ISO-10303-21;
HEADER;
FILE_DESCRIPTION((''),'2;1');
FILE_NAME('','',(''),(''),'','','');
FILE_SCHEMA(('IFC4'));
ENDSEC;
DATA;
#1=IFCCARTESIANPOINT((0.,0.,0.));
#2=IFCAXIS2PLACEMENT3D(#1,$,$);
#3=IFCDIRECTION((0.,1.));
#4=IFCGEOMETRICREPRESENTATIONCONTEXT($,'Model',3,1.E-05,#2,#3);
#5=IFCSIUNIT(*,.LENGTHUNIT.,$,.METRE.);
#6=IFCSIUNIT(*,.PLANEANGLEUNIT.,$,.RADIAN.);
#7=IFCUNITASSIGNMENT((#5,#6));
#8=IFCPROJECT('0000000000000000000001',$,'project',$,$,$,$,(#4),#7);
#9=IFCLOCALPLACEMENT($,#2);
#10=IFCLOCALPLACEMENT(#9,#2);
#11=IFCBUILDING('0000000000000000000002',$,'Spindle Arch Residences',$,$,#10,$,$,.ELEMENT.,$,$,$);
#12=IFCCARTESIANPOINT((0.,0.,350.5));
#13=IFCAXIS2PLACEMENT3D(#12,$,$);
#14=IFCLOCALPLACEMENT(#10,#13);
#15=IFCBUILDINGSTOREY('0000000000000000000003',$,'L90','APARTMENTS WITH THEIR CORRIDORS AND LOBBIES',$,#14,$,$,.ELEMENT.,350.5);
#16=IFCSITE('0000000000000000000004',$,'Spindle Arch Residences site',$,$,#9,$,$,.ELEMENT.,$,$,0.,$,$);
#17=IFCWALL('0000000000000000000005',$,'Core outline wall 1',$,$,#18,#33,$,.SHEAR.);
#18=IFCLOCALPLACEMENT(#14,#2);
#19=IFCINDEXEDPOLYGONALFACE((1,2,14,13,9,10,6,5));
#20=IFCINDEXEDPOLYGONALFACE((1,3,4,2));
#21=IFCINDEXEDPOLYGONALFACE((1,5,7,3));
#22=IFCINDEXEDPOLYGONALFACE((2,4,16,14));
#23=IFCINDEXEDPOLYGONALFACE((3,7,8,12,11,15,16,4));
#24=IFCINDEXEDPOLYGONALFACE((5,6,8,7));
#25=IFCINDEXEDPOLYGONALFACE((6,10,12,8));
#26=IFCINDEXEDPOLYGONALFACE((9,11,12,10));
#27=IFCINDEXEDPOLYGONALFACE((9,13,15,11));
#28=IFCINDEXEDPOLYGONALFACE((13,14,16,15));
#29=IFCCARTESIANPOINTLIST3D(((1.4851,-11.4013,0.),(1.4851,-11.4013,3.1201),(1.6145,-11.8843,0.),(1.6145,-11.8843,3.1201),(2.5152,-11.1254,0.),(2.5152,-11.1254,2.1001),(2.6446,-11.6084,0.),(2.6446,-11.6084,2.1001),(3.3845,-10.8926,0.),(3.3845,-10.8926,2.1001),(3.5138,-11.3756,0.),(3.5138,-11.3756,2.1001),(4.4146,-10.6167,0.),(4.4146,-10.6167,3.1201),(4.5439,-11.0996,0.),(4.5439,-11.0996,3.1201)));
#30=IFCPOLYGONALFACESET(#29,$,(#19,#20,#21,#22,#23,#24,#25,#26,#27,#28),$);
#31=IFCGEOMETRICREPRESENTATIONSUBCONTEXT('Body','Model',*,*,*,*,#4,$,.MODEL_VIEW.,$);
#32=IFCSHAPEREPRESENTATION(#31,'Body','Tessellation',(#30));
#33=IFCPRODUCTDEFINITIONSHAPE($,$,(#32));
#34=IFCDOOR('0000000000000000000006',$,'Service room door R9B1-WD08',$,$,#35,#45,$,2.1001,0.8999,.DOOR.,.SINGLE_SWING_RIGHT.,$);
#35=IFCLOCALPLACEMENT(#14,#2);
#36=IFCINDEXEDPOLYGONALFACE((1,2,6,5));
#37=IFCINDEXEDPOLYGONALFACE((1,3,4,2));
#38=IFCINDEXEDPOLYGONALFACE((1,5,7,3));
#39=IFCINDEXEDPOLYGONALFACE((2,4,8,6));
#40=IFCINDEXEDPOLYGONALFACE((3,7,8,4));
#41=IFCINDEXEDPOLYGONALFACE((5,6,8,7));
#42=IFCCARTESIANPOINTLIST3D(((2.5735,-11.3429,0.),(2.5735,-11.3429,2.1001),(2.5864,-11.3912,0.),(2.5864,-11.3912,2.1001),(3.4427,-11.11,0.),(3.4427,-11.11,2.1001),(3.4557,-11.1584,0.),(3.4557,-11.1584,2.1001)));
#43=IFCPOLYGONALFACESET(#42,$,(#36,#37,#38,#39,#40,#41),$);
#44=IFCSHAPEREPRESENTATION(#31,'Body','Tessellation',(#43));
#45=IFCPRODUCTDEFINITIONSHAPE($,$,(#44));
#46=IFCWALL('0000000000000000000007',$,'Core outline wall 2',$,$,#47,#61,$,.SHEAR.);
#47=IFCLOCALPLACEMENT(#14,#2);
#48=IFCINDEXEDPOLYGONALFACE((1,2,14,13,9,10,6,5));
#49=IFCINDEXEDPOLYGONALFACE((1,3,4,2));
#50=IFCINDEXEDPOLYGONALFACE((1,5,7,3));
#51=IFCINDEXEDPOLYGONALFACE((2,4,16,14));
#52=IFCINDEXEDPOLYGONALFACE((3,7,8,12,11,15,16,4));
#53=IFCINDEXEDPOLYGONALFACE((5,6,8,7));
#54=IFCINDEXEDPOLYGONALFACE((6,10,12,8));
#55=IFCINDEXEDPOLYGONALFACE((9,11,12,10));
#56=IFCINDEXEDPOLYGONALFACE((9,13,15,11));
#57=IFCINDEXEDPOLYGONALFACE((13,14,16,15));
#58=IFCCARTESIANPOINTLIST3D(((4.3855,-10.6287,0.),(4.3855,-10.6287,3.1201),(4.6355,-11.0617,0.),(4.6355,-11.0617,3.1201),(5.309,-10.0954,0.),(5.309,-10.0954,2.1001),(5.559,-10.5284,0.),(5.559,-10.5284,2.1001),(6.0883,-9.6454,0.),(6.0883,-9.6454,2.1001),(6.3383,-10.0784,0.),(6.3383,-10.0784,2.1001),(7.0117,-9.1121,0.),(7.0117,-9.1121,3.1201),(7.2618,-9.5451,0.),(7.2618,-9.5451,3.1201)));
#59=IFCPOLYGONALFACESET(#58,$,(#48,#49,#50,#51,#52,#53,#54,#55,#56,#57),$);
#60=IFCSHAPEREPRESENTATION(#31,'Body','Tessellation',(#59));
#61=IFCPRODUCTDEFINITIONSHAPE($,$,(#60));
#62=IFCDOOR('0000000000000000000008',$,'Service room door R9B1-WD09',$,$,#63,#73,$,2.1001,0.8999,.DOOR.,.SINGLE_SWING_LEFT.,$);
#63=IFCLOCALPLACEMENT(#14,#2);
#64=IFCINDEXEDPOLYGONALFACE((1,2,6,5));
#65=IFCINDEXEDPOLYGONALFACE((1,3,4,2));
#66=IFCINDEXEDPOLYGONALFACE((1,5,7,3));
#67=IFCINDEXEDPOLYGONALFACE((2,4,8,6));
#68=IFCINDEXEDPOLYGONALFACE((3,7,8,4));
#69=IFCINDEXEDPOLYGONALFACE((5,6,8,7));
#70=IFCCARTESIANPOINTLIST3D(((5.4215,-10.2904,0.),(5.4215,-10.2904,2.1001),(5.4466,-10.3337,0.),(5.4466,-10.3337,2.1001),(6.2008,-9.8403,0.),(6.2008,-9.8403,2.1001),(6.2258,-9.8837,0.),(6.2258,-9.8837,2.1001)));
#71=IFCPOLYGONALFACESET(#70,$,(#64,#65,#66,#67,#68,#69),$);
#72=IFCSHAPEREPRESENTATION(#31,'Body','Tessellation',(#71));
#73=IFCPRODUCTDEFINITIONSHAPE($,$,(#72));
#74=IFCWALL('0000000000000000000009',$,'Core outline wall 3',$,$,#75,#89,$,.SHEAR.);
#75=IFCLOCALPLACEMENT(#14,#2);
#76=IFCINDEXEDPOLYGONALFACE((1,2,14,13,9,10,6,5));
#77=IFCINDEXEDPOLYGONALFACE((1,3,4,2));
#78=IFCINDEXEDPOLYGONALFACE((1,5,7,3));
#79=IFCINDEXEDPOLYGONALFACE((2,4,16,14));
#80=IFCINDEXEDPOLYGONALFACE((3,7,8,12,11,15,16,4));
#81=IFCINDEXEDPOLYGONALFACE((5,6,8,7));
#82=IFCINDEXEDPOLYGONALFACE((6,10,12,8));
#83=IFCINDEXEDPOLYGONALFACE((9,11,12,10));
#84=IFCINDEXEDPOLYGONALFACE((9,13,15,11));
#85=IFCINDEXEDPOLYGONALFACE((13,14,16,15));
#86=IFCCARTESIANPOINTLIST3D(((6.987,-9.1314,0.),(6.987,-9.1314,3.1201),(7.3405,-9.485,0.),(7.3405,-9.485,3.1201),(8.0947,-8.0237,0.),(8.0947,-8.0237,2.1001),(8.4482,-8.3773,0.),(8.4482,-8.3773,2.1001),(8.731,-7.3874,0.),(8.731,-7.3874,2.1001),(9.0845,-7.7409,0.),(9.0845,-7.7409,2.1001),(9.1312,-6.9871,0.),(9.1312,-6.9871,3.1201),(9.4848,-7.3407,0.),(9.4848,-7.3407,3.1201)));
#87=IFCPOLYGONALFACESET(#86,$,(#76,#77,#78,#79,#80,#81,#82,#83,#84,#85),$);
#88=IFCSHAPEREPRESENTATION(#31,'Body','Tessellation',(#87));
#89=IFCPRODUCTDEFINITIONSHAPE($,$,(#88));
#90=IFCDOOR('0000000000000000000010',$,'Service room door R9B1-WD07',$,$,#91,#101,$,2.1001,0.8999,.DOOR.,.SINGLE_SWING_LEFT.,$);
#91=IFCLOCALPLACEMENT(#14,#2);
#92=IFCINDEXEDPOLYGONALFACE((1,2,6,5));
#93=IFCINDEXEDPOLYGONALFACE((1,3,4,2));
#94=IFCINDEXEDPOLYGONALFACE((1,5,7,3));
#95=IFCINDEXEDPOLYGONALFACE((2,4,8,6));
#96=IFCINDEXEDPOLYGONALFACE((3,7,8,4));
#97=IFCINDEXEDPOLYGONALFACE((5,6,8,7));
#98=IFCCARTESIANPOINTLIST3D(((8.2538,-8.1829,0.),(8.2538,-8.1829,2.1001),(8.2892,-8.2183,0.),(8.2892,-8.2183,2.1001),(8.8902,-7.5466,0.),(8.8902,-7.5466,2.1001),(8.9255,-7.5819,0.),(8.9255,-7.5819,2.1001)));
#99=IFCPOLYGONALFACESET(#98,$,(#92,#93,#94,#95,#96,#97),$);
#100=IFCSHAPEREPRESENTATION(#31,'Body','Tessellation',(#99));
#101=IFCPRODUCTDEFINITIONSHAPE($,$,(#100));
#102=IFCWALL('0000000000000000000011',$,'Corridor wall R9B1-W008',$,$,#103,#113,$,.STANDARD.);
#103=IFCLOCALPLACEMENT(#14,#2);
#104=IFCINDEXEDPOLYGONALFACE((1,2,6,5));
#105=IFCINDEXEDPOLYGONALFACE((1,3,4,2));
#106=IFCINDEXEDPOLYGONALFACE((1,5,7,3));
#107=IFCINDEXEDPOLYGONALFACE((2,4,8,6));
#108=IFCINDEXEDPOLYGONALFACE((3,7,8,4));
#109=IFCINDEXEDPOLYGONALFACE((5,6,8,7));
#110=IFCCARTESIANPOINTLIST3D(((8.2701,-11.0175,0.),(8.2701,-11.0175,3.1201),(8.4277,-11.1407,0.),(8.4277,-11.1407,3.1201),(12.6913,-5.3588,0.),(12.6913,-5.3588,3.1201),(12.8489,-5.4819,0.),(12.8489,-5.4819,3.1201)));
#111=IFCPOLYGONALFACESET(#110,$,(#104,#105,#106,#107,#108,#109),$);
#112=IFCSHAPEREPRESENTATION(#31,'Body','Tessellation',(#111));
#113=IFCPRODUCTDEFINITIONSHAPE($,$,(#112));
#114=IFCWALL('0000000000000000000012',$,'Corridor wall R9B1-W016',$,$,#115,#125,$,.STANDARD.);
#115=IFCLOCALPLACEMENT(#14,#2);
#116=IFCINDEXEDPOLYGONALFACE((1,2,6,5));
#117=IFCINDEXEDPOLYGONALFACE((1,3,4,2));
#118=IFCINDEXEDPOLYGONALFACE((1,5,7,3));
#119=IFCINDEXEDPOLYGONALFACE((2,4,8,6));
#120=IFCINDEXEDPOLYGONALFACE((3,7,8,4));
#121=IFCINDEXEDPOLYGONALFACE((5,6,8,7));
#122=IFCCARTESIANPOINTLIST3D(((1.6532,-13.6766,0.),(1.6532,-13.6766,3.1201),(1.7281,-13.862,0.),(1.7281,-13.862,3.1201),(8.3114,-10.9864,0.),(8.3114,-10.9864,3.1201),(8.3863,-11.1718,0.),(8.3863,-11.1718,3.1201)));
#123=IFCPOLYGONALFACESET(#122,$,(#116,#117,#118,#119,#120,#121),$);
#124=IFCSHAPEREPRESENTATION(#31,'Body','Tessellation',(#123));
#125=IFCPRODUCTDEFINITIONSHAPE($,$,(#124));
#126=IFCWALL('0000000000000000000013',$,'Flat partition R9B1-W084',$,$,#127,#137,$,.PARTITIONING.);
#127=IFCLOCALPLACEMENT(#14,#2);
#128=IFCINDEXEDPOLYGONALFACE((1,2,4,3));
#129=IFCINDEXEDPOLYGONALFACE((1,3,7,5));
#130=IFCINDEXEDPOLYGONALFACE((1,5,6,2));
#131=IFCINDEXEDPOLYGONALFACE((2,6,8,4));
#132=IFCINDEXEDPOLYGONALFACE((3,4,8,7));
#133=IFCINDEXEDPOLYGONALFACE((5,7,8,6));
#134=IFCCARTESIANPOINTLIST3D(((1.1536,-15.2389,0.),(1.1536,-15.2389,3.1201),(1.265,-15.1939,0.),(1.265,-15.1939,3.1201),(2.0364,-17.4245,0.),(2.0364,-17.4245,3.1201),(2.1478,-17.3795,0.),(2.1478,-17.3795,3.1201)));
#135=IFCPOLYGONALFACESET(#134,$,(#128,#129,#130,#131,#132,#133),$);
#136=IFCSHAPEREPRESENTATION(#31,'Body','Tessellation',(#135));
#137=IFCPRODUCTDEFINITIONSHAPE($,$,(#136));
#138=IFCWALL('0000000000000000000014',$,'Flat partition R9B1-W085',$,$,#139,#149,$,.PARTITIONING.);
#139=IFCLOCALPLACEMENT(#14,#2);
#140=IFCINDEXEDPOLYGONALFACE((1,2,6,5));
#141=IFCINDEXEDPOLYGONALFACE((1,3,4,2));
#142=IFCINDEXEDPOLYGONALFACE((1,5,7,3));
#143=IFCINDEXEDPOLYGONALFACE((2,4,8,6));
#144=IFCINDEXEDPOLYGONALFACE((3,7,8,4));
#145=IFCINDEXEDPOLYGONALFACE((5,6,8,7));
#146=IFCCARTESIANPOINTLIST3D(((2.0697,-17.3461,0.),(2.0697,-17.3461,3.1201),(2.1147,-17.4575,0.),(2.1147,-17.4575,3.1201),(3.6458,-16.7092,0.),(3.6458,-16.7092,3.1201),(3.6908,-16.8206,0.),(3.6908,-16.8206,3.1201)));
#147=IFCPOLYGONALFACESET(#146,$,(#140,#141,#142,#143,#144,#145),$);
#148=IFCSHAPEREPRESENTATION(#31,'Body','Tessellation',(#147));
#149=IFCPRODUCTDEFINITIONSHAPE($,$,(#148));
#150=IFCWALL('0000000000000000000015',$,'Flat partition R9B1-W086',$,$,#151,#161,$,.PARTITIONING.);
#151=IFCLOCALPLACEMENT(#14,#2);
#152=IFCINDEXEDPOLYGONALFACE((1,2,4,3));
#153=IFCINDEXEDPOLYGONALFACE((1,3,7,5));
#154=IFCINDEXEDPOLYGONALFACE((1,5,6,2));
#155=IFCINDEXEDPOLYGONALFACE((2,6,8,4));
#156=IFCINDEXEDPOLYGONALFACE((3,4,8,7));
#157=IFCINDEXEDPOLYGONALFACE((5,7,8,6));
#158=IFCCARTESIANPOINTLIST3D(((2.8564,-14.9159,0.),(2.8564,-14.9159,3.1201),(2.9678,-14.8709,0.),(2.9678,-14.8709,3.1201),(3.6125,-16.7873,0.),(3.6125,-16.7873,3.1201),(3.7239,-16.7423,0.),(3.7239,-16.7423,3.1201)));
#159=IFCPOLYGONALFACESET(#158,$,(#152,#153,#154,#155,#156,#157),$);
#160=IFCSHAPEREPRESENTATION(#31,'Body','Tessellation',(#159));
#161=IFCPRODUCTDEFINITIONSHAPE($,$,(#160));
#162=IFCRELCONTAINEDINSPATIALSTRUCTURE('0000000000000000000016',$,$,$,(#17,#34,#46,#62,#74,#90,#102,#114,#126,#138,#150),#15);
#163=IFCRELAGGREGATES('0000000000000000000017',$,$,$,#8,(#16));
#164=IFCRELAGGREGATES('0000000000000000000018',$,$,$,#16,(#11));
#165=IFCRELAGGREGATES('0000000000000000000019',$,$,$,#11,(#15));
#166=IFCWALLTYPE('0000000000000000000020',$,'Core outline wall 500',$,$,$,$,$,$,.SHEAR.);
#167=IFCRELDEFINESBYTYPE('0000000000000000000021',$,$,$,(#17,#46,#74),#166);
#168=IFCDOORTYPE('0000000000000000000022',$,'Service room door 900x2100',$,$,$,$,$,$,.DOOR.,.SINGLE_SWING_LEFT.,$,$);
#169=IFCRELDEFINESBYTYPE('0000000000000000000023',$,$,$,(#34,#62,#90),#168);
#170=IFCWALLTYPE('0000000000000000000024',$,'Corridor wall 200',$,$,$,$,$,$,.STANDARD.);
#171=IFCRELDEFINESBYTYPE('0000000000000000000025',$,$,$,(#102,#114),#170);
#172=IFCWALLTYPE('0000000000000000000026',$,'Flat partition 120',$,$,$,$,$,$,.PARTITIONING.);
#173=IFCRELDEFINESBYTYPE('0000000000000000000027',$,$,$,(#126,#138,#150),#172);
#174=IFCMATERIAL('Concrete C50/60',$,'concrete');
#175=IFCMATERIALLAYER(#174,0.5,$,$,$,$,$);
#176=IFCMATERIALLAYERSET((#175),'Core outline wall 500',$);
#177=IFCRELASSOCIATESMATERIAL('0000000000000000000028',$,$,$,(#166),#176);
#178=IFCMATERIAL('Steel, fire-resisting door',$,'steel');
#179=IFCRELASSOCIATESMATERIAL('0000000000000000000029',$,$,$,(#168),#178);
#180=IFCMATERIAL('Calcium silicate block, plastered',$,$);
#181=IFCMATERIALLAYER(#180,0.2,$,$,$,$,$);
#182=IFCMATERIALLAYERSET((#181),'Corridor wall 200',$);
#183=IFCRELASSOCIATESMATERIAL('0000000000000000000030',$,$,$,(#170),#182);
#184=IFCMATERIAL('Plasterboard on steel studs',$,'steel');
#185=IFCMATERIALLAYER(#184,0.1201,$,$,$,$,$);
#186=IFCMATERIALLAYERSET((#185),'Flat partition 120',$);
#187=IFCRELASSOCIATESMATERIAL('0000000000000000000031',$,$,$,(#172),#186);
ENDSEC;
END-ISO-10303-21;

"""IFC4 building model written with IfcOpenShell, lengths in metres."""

from ifc_helpers import new_model, si_unit, direction, frame, frame_2d, origin, place, context, subcontext, project, spatial, rectangle, extrude, material, layer, layer_set, type_object, element, fill, save


model = new_model("IFC4")

# Units and contexts
model_context = context("Model", 3, precision=1e-05, world=origin(), true_north=direction((0.0, 1.0)))
body_context = subcontext(model_context, "Body", "Model", "MODEL_VIEW")
ifc_project = project(units=[si_unit("LENGTHUNIT", "METRE"), si_unit("PLANEANGLEUNIT", "RADIAN")], contexts=[model_context])

# Site, building, storey
site_placement = place(None, origin())
site = spatial("IfcSite", under=ifc_project, at=site_placement, Name="Spindle Arch Residences site", CompositionType="ELEMENT", RefElevation=0.0)
building_placement = place(site_placement, origin())
building = spatial("IfcBuilding", under=site, at=building_placement, Name="Spindle Arch Residences", CompositionType="ELEMENT")
storey_placement = place(building_placement, frame((0.0, 0.0, 350.5)))
storey = spatial("IfcBuildingStorey", under=building, at=storey_placement, Name="L90", Description="APARTMENTS WITH THEIR CORRIDORS AND LOBBIES", CompositionType="ELEMENT", Elevation=350.5)

# Walls, openings, doors
ifc_material_1 = material(Name="Concrete C50/60", Category="concrete")
ifc_layer_1 = layer(ifc_material_1, 0.5)
ifc_layer_set_1 = layer_set([ifc_layer_1], Name="Core outline wall 500")
wall_type_1 = type_object("IfcWallType", Name="Core outline wall 500", PredefinedType="SHEAR", material=ifc_layer_set_1)
wall_1_placement = place(storey_placement, frame((1.5498, -11.6428, 0.0), z_axis=(0.0, 0.0, 1.0), x_axis=(0.965948, 0.258735, 0.0)))
wall_1 = element("IfcWall", 1, at=wall_1_placement, inside=storey, type_object=wall_type_1, Name="Core outline wall 1", PredefinedType="SHEAR", context=body_context, shape_type="SweptSolid", body=[
    extrude(rectangle(XDim=3.0327, YDim=0.5, at=frame_2d((1.5164, 0.0))), origin(), (0.0, 0.0, 1.0), 3.1201),
])
opening_1_placement = place(wall_1_placement, frame((1.0664, 0.0, 0.0)))
opening_1 = element("IfcOpeningElement", 2, at=opening_1_placement, cuts=wall_1, PredefinedType="OPENING", context=body_context, shape_type="SweptSolid", body=[
    extrude(rectangle(XDim=0.8999, YDim=2.1001, at=frame_2d((0.45, 1.05))), frame((0.0, 0.26, 0.0), z_axis=(0.0, -1.0, 0.0), x_axis=(1.0, 0.0, 0.0)), (0.0, 0.0, 1.0), 0.52),
])
ifc_material_2 = material(Name="Steel, fire-resisting door", Category="steel")
door_type_1 = type_object("IfcDoorType", Name="Service room door 900x2100", OperationType="SINGLE_SWING_LEFT", PredefinedType="DOOR", material=ifc_material_2)
door_1_placement = place(opening_1_placement, origin())
door_1 = element("IfcDoor", 3, at=door_1_placement, inside=storey, type_object=door_type_1, Name="Service room door R9B1-WD08", OperationType="SINGLE_SWING_RIGHT", OverallHeight=2.1001, OverallWidth=0.8999, PredefinedType="DOOR", context=body_context, shape_type="SweptSolid", body=[
    extrude(rectangle(XDim=0.8999, YDim=2.1001, at=frame_2d((0.45, 1.05))), frame((0.0, 0.0249, 0.0), z_axis=(0.0, -1.0, 0.0), x_axis=(1.0, 0.0, 0.0)), (0.0, 0.0, 1.0), 0.05),
])
fill(opening_1, door_1)
wall_2_placement = place(storey_placement, frame((4.5105, -10.8452, 0.0), z_axis=(0.0, 0.0, 1.0), x_axis=(0.865975, 0.500087, 0.0)))
wall_2 = element("IfcWall", 4, at=wall_2_placement, inside=storey, type_object=wall_type_1, Name="Core outline wall 2", PredefinedType="SHEAR", context=body_context, shape_type="SweptSolid", body=[
    extrude(rectangle(XDim=3.0327, YDim=0.5, at=frame_2d((1.5164, 0.0))), origin(), (0.0, 0.0, 1.0), 3.1201),
])
opening_2_placement = place(wall_2_placement, frame((1.0664, 0.0, 0.0)))
opening_2 = element("IfcOpeningElement", 5, at=opening_2_placement, cuts=wall_2, PredefinedType="OPENING", context=body_context, shape_type="SweptSolid", body=[
    extrude(rectangle(XDim=0.8999, YDim=2.1001, at=frame_2d((0.45, 1.05))), frame((0.0, 0.26, 0.0), z_axis=(0.0, -1.0, 0.0), x_axis=(1.0, 0.0, 0.0)), (0.0, 0.0, 1.0), 0.52),
])
door_2_placement = place(opening_2_placement, origin())
door_2 = element("IfcDoor", 6, at=door_2_placement, inside=storey, type_object=door_type_1, Name="Service room door R9B1-WD09", OperationType="SINGLE_SWING_LEFT", OverallHeight=2.1001, OverallWidth=0.8999, PredefinedType="DOOR", context=body_context, shape_type="SweptSolid", body=[
    extrude(rectangle(XDim=0.8999, YDim=2.1001, at=frame_2d((0.45, 1.05))), frame((0.0, 0.0249, 0.0), z_axis=(0.0, -1.0, 0.0), x_axis=(1.0, 0.0, 0.0)), (0.0, 0.0, 1.0), 0.05),
])
fill(opening_2, door_2)
wall_3_placement = place(storey_placement, frame((7.1638, -9.3081, 0.0), z_axis=(0.0, 0.0, 1.0), x_axis=(0.707107, 0.707107, 0.0)))
wall_3 = element("IfcWall", 7, at=wall_3_placement, inside=storey, type_object=wall_type_1, Name="Core outline wall 3", PredefinedType="SHEAR", context=body_context, shape_type="SweptSolid", body=[
    extrude(rectangle(XDim=3.0325, YDim=0.5, at=frame_2d((1.5161, 0.0))), origin(), (0.0, 0.0, 1.0), 3.1201),
])
opening_3_placement = place(wall_3_placement, frame((1.5664, 0.0, 0.0)))
opening_3 = element("IfcOpeningElement", 8, at=opening_3_placement, cuts=wall_3, PredefinedType="OPENING", context=body_context, shape_type="SweptSolid", body=[
    extrude(rectangle(XDim=0.8999, YDim=2.1001, at=frame_2d((0.45, 1.05))), frame((0.0, 0.26, 0.0), z_axis=(0.0, -1.0, 0.0), x_axis=(1.0, 0.0, 0.0)), (0.0, 0.0, 1.0), 0.52),
])
door_3_placement = place(opening_3_placement, origin())
door_3 = element("IfcDoor", 9, at=door_3_placement, inside=storey, type_object=door_type_1, Name="Service room door R9B1-WD07", OperationType="SINGLE_SWING_LEFT", OverallHeight=2.1001, OverallWidth=0.8999, PredefinedType="DOOR", context=body_context, shape_type="SweptSolid", body=[
    extrude(rectangle(XDim=0.8999, YDim=2.1001, at=frame_2d((0.45, 1.05))), frame((0.0, 0.0249, 0.0), z_axis=(0.0, -1.0, 0.0), x_axis=(1.0, 0.0, 0.0)), (0.0, 0.0, 1.0), 0.05),
])
fill(opening_3, door_3)

# Walls
ifc_material_3 = material(Name="Calcium silicate block, plastered")
ifc_layer_2 = layer(ifc_material_3, 0.2)
ifc_layer_set_2 = layer_set([ifc_layer_2], Name="Corridor wall 200")
wall_type_2 = type_object("IfcWallType", Name="Corridor wall 200", PredefinedType="STANDARD", material=ifc_layer_set_2)
for number, where, z_axis, x_axis, name in (
    (10, (8.3489, -11.0791, 0.0), (0.0, 0.0, 1.0), (0.615669, 0.788005, 0.0), "Corridor wall R9B1-W008"),
    (11, (1.6907, -13.7693, 0.0), (0.0, 0.0, 1.0), (0.927179, 0.374618, 0.0), "Corridor wall R9B1-W016"),
):
    element("IfcWall", number, at=place(storey_placement, frame(where, z_axis=z_axis, x_axis=x_axis)), inside=storey, type_object=wall_type_2, Name=name, PredefinedType="STANDARD", context=body_context, shape_type="SweptSolid", body=[
        extrude(rectangle(XDim=7.1812, YDim=0.2, at=frame_2d((3.5906, 0.0))), origin(), (0.0, 0.0, 1.0), 3.1201),
    ])
ifc_material_4 = material(Name="Plasterboard on steel studs", Category="steel")
ifc_layer_3 = layer(ifc_material_4, 0.1201)
ifc_layer_set_3 = layer_set([ifc_layer_3], Name="Flat partition 120")
wall_type_3 = type_object("IfcWallType", Name="Flat partition 120", PredefinedType="PARTITIONING", material=ifc_layer_set_3)
wall_4_placement = place(storey_placement, frame((1.2092, -15.2163, 0.0), z_axis=(0.0, 0.0, 1.0), x_axis=(0.374532, -0.927214, 0.0)))
element("IfcWall", 12, at=wall_4_placement, inside=storey, type_object=wall_type_3, Name="Flat partition R9B1-W084", PredefinedType="PARTITIONING", context=body_context, shape_type="SweptSolid", body=[
    extrude(rectangle(XDim=2.3572, YDim=0.1201, at=frame_2d((1.1787, 0.0))), origin(), (0.0, 0.0, 1.0), 3.1201),
])
wall_5_placement = place(storey_placement, frame((2.092, -17.4019, 0.0), z_axis=(0.0, 0.0, 1.0), x_axis=(0.927154, 0.374681, 0.0)))
element("IfcWall", 13, at=wall_5_placement, inside=storey, type_object=wall_type_3, Name="Flat partition R9B1-W085", PredefinedType="PARTITIONING", context=body_context, shape_type="SweptSolid", body=[
    extrude(rectangle(XDim=1.7, YDim=0.1201, at=frame_2d((0.8501, 0.0))), origin(), (0.0, 0.0, 1.0), 3.1201),
])
wall_6_placement = place(storey_placement, frame((3.6682, -16.7649, 0.0), z_axis=(0.0, 0.0, 1.0), x_axis=(-0.374621, 0.927178, 0.0)))
element("IfcWall", 14, at=wall_6_placement, inside=storey, type_object=wall_type_3, Name="Flat partition R9B1-W086", PredefinedType="PARTITIONING", context=body_context, shape_type="SweptSolid", body=[
    extrude(rectangle(XDim=2.0183, YDim=0.1201, at=frame_2d((1.0093, 0.0))), origin(), (0.0, 0.0, 1.0), 3.1201),
])

save(model, "model.ifc")
